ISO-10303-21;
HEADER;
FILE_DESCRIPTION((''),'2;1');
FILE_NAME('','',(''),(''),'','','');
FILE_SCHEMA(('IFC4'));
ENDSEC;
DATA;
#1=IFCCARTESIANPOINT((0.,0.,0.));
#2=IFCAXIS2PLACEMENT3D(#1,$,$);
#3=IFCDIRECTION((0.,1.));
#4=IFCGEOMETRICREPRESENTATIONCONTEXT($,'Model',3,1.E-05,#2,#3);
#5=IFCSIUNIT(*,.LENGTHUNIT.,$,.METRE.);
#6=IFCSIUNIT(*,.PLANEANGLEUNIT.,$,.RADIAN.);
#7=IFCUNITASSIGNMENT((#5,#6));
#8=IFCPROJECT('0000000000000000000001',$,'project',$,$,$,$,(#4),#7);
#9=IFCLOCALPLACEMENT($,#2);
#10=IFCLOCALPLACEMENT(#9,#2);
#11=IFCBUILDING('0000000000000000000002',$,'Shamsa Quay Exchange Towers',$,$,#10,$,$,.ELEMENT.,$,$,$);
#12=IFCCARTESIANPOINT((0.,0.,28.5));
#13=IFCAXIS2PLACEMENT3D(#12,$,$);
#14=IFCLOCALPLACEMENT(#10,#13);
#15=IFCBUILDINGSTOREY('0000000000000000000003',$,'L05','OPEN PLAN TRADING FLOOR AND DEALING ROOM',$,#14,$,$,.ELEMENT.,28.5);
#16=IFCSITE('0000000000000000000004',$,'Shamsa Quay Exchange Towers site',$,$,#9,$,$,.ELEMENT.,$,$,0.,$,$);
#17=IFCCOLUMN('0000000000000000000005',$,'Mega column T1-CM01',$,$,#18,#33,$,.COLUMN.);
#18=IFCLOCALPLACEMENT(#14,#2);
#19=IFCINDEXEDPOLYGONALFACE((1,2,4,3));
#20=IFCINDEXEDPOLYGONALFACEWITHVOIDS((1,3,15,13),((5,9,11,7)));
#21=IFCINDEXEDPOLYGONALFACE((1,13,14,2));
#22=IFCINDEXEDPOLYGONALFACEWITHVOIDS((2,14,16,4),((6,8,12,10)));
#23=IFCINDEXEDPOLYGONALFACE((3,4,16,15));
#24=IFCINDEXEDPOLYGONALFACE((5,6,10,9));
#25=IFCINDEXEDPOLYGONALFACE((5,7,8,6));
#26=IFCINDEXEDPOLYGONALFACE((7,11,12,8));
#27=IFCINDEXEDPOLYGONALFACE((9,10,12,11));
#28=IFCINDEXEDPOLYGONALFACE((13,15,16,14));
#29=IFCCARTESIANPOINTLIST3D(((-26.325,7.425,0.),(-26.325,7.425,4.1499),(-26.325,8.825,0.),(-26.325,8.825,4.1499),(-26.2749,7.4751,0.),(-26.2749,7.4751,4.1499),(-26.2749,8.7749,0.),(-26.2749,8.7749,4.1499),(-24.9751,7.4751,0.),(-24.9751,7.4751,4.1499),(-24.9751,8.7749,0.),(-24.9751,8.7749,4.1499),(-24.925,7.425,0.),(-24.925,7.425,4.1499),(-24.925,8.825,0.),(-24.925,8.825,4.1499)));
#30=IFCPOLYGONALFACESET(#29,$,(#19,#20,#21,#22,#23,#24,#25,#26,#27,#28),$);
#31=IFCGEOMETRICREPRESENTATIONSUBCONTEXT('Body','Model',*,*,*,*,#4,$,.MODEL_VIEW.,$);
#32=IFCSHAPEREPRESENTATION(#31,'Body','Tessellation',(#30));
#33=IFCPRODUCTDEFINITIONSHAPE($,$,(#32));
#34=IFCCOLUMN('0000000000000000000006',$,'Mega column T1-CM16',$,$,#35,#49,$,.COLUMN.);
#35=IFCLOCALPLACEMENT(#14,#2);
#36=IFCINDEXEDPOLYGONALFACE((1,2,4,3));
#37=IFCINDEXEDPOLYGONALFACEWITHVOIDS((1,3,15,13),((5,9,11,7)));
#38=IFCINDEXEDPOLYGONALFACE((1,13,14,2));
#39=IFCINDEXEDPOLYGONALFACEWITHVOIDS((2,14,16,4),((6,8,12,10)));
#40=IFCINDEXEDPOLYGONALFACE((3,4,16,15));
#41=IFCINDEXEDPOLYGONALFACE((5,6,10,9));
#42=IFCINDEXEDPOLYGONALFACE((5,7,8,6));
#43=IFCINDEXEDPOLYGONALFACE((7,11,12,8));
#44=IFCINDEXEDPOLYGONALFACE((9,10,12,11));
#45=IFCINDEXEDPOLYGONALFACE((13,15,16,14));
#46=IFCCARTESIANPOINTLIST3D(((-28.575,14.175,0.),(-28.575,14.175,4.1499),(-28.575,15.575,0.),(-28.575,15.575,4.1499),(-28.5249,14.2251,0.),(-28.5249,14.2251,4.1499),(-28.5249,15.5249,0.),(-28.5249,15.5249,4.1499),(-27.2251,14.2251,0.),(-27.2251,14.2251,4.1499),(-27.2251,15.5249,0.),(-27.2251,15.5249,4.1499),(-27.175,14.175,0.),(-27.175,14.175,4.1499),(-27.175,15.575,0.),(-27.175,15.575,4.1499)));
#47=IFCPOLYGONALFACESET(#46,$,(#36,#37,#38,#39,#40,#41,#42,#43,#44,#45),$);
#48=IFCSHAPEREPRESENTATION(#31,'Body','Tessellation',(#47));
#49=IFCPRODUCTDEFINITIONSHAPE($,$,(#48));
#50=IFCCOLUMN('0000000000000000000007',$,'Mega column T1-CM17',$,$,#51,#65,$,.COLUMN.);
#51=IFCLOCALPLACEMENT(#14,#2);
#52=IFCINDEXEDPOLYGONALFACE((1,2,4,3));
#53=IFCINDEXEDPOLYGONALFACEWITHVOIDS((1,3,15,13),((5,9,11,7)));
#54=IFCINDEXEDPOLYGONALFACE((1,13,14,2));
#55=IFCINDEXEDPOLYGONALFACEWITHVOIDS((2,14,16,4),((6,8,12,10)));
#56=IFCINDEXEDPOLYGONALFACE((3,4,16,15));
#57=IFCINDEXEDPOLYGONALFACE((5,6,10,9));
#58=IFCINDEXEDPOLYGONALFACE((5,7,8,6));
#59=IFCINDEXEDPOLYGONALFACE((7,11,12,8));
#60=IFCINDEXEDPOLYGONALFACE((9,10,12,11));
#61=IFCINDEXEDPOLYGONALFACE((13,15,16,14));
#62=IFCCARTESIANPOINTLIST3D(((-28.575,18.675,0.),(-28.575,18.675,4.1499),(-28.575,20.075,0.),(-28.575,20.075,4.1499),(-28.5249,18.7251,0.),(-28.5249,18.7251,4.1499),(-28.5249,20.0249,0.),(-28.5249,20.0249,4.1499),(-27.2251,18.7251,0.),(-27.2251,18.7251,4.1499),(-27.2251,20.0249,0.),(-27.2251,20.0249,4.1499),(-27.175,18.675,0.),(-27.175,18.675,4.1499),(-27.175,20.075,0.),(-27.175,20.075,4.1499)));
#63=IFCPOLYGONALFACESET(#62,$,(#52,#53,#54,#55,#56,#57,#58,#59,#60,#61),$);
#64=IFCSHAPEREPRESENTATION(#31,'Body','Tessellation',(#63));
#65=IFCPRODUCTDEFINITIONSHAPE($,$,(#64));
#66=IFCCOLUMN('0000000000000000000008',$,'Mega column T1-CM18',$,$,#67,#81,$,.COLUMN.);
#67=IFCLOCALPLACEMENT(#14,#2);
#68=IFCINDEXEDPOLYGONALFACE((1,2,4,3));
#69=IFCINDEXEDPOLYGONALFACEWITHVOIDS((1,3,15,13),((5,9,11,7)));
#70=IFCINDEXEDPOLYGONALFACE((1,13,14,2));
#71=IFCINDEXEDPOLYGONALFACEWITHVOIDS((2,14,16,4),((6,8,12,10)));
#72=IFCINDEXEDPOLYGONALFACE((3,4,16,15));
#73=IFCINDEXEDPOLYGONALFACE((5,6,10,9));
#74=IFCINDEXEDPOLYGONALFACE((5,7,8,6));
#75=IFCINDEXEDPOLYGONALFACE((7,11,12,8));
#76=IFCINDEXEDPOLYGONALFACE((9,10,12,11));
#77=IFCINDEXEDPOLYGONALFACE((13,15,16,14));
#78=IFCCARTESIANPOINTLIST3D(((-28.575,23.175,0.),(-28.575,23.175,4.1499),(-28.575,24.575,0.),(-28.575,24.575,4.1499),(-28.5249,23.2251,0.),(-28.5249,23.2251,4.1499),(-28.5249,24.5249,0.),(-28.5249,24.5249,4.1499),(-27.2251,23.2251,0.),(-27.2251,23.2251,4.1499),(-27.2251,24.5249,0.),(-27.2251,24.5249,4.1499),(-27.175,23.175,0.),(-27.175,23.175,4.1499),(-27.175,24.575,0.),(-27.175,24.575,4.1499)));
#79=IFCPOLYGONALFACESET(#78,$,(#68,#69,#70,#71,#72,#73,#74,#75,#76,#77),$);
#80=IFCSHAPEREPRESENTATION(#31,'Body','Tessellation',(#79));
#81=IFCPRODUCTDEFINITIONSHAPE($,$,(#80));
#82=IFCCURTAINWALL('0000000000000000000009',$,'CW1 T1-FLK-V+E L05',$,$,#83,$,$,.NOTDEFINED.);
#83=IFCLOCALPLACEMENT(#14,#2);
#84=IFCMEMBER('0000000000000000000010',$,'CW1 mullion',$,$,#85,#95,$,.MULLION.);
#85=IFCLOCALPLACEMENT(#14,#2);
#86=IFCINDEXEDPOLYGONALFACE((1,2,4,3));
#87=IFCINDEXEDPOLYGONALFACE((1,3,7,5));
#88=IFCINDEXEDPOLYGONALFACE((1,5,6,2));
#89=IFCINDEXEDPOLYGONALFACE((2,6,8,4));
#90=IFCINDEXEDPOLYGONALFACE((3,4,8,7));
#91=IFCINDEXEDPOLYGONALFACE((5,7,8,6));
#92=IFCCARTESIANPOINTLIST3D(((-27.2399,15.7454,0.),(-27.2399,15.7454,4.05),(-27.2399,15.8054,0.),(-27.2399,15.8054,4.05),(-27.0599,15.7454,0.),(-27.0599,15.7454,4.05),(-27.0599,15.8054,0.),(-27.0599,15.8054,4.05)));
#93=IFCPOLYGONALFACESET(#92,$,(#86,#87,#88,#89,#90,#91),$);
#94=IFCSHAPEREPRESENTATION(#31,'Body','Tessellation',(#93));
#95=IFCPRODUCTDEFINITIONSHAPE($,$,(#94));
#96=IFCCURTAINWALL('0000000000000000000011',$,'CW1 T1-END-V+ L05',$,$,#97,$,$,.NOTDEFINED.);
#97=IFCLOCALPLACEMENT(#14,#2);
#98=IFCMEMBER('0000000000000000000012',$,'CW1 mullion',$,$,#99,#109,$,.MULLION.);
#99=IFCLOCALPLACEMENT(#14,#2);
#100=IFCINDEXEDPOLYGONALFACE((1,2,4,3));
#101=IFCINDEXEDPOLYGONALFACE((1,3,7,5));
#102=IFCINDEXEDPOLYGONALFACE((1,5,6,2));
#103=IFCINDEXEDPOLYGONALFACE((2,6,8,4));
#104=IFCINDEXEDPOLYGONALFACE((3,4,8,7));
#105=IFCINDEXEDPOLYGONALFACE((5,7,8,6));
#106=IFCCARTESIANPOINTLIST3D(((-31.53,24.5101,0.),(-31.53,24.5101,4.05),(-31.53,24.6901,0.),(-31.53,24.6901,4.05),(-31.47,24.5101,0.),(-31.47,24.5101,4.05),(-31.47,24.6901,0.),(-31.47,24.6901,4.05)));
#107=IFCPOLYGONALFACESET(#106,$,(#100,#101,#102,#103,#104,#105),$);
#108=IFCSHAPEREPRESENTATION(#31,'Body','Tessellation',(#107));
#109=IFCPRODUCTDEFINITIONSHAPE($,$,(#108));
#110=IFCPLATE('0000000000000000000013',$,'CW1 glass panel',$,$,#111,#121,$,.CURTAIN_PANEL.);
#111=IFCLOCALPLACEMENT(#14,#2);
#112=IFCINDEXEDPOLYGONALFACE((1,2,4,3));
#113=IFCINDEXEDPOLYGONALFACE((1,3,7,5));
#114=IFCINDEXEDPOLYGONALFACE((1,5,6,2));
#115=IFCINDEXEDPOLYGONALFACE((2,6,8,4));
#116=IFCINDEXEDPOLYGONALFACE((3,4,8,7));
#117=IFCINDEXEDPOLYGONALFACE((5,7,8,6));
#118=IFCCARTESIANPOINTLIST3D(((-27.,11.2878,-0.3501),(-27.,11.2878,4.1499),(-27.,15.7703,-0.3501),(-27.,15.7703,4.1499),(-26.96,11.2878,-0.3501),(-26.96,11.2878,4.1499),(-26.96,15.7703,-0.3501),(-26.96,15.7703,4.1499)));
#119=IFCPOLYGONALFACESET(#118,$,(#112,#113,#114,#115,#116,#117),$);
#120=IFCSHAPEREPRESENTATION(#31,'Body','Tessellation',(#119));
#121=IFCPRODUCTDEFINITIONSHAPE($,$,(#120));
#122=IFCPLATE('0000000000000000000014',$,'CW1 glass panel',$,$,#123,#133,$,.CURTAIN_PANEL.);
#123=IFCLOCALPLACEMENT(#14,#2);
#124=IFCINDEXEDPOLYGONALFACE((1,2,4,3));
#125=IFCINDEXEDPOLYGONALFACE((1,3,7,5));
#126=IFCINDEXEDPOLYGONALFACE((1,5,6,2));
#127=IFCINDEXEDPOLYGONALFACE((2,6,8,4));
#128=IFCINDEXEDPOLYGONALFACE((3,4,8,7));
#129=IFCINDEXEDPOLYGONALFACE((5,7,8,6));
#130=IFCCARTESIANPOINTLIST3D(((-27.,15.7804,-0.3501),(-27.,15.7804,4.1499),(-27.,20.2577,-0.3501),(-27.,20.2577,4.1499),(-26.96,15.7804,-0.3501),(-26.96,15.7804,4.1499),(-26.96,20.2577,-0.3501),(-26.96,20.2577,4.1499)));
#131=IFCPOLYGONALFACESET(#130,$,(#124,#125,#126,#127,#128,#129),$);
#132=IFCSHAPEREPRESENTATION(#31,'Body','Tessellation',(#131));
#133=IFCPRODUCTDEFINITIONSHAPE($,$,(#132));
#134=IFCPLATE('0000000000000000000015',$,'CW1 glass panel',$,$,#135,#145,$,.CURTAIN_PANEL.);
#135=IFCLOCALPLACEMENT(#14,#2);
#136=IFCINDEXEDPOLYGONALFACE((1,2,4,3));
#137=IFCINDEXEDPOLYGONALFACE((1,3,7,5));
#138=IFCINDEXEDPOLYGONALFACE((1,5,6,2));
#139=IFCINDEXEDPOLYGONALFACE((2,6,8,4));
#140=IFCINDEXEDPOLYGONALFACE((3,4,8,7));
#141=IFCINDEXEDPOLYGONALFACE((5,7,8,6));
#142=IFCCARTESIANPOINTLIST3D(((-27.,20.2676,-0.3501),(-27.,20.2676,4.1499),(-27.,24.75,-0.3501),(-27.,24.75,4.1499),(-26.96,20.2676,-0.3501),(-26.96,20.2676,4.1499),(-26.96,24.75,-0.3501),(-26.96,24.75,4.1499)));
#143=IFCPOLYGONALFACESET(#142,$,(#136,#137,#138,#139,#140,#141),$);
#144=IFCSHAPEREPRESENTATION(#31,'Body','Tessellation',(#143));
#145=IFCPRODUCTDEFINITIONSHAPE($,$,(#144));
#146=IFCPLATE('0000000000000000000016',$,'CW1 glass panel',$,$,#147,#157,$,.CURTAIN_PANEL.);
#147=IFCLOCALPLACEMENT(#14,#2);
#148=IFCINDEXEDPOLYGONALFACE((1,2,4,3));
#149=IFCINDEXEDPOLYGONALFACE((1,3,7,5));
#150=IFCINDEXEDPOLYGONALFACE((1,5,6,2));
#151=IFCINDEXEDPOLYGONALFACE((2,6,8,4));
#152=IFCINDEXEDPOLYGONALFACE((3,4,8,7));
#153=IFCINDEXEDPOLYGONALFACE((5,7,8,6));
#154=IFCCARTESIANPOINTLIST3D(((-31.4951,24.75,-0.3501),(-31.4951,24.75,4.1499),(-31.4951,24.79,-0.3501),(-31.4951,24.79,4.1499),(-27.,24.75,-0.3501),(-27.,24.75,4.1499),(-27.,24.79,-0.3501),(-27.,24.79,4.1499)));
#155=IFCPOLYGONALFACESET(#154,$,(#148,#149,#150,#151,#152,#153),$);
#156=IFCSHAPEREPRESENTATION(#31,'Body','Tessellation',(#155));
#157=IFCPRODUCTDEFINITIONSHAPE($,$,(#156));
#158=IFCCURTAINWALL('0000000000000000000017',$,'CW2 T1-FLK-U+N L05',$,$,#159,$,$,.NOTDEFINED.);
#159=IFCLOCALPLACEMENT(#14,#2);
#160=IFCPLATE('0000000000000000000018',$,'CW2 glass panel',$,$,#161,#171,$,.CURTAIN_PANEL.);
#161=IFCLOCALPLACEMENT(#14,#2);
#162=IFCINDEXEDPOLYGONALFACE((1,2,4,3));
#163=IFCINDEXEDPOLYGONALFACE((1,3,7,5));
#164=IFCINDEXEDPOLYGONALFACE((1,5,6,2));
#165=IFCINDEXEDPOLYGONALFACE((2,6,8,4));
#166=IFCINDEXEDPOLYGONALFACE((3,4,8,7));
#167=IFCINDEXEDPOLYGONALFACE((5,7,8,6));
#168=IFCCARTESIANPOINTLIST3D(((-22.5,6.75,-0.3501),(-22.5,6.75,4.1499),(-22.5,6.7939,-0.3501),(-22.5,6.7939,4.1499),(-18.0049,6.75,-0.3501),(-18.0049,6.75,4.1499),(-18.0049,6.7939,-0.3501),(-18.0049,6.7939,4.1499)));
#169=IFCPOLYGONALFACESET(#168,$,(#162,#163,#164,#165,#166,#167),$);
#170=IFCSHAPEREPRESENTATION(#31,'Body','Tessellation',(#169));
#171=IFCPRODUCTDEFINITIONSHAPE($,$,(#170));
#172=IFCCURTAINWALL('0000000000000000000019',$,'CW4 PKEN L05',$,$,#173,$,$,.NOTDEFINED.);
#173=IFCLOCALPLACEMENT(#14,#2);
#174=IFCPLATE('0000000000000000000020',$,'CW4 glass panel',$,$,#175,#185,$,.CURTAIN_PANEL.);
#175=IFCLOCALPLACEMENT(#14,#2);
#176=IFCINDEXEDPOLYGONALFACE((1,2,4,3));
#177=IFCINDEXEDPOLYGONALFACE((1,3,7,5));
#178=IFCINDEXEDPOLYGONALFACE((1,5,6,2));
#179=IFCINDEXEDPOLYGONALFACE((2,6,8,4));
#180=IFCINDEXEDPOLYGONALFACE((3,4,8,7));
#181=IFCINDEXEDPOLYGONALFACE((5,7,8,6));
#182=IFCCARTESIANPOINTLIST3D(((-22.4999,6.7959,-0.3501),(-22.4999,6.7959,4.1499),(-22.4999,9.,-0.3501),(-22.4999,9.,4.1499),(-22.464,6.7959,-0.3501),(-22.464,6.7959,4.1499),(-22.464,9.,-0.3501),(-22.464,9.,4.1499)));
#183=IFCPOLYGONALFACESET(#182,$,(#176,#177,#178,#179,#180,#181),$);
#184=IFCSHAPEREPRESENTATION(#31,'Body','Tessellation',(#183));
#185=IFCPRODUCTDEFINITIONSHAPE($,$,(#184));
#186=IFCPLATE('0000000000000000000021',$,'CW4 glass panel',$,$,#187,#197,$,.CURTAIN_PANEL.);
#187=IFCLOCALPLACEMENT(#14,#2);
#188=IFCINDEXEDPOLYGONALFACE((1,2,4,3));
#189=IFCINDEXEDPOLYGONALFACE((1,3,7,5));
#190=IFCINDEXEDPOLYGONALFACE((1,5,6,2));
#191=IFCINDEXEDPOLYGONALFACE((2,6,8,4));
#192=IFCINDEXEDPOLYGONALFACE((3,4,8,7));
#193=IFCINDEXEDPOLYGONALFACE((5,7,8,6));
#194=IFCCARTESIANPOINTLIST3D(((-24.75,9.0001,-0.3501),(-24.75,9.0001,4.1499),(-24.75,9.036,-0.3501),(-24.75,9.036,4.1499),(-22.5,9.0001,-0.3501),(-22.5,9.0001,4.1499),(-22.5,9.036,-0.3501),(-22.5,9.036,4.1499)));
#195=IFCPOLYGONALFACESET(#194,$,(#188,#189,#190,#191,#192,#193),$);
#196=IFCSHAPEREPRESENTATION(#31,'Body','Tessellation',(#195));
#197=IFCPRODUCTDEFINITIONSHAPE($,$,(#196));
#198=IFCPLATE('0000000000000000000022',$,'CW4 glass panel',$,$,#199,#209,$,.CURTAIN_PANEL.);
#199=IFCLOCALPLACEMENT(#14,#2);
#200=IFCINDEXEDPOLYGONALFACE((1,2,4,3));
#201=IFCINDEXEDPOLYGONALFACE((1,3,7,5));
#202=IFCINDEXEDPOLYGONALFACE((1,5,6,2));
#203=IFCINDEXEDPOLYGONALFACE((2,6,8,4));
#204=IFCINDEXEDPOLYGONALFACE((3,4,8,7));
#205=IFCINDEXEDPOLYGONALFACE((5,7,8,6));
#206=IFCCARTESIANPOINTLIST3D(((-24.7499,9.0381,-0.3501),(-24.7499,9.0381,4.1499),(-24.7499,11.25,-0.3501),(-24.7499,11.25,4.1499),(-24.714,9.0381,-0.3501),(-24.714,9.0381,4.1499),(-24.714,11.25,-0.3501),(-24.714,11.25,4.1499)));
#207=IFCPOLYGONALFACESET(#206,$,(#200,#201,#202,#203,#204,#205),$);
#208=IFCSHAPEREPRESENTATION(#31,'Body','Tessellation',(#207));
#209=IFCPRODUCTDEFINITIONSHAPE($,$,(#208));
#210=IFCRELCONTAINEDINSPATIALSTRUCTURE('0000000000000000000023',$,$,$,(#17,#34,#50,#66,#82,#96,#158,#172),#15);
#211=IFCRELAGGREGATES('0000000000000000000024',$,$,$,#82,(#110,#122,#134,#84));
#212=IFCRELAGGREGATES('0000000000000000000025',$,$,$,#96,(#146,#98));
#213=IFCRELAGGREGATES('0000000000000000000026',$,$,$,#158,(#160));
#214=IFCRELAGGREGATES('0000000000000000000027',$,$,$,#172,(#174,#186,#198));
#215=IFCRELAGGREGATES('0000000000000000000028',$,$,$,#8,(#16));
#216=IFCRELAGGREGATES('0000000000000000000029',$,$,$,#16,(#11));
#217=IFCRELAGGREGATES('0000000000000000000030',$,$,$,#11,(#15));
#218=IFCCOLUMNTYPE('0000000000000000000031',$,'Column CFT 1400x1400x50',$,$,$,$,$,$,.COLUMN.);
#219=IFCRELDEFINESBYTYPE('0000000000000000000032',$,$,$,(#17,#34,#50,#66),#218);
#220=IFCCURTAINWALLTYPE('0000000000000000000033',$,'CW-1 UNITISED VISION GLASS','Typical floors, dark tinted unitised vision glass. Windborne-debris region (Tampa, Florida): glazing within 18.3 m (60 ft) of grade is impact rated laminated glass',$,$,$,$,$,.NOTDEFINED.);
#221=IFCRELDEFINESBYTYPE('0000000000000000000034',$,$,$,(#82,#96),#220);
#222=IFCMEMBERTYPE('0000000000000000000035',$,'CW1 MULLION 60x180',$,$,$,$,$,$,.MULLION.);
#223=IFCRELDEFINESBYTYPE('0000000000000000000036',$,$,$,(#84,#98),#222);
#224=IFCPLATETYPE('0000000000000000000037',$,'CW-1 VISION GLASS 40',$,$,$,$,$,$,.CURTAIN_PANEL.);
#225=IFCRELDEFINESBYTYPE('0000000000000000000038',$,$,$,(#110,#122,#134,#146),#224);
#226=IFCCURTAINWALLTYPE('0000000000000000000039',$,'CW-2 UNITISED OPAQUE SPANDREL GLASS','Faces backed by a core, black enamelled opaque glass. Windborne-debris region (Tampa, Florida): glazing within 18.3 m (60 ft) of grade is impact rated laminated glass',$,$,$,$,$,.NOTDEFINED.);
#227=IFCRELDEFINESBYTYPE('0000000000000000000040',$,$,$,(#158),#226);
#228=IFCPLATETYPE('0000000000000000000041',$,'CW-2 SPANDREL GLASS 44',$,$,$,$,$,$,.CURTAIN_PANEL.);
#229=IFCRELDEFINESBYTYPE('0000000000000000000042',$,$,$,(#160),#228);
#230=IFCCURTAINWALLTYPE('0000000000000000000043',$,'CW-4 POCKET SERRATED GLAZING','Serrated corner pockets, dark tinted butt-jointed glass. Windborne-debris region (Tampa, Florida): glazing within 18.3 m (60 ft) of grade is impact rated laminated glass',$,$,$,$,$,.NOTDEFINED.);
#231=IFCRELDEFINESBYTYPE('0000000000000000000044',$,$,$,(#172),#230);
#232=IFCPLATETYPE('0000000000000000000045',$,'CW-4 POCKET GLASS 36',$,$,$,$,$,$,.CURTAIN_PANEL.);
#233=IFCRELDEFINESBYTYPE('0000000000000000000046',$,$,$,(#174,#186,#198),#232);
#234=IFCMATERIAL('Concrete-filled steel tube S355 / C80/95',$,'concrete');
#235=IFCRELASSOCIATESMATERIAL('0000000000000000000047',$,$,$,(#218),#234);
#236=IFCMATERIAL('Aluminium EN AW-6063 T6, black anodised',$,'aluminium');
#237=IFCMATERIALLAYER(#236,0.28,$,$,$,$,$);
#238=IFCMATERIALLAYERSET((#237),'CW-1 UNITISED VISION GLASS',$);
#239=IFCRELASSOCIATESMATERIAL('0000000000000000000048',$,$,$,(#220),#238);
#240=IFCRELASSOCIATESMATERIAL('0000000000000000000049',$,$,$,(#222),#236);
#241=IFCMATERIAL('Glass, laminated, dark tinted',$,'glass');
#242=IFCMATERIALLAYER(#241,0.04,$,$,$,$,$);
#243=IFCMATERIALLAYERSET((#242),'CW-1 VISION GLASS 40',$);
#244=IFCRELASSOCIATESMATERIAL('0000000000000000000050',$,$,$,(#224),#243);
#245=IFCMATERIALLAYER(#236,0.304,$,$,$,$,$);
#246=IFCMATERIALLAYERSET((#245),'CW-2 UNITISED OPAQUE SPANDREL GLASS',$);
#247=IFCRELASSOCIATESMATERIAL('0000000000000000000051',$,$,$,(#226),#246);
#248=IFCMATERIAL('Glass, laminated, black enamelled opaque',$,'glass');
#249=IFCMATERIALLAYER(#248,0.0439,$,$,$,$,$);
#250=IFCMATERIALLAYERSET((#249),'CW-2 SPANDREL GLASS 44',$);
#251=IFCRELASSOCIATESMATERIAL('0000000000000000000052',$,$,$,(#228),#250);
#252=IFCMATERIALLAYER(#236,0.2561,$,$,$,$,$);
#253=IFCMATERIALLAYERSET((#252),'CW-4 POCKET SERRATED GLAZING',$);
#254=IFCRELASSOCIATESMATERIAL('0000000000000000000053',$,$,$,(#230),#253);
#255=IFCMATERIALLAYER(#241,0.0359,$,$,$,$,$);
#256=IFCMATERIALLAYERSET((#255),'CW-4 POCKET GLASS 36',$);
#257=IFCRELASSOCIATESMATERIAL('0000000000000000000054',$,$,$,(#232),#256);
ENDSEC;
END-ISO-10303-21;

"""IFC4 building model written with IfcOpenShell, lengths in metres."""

from ifc_helpers import new_model, si_unit, direction, frame, origin, origin_2d, place, context, subcontext, project, spatial, rectangle, hollow_rectangle, extrude, material, layer, layer_set, material_profile, profile_set, type_object, element, aggregate, save


model = new_model("IFC4")

# Units and contexts
model_context = context("Model", 3, precision=1e-05, world=origin(), true_north=direction((0.0, 1.0)))
body_context = subcontext(model_context, "Body", "Model", "MODEL_VIEW")
ifc_project = project(units=[si_unit("LENGTHUNIT", "METRE"), si_unit("PLANEANGLEUNIT", "RADIAN")], contexts=[model_context])

# Site, building, storey
site_placement = place(None, origin())
site = spatial("IfcSite", under=ifc_project, at=site_placement, Name="Shamsa Quay Exchange Towers site", CompositionType="ELEMENT", RefElevation=0.0)
building_placement = place(site_placement, origin())
building = spatial("IfcBuilding", under=site, at=building_placement, Name="Shamsa Quay Exchange Towers", CompositionType="ELEMENT")
storey_placement = place(building_placement, frame((0.0, 0.0, 28.5)))
storey = spatial("IfcBuildingStorey", under=building, at=storey_placement, Name="L05", Description="OPEN PLAN TRADING FLOOR AND DEALING ROOM", CompositionType="ELEMENT", Elevation=28.5)

# Columns
ifc_material_1 = material(Name="Concrete-filled steel tube S355 / C80/95", Category="concrete")
ifc_material_profile_1 = material_profile(ifc_material_1, hollow_rectangle(XDim=1.3999, YDim=1.3999, WallThickness=0.05, at=origin_2d()), Name="CFT 1400x1400x50")
ifc_profile_set_1 = profile_set([ifc_material_profile_1], Name="Concrete-filled steel tube S355 / C80/95")
column_type = type_object("IfcColumnType", Name="Column CFT 1400x1400x50", PredefinedType="COLUMN", material=ifc_profile_set_1)
for number, where, name in (
    (1, (-25.625, 8.125, 0.0), "Mega column T1-CM01"),
    (2, (-27.875, 14.875, 0.0), "Mega column T1-CM16"),
    (3, (-27.875, 19.375, 0.0), "Mega column T1-CM17"),
    (4, (-27.875, 23.875, 0.0), "Mega column T1-CM18"),
):
    element("IfcColumn", number, at=place(storey_placement, frame(where)), inside=storey, type_object=column_type, Name=name, PredefinedType="COLUMN", context=body_context, shape_type="SweptSolid", body=[
        extrude(hollow_rectangle(XDim=1.3999, YDim=1.3999, WallThickness=0.05, at=origin_2d()), origin(), (0.0, 0.0, 1.0), 4.1499),
    ])

# Curtain walls, members
ifc_material_2 = material(Name="Aluminium EN AW-6063 T6, black anodised", Category="aluminium")
ifc_layer_1 = layer(ifc_material_2, 0.28)
ifc_layer_set_1 = layer_set([ifc_layer_1], Name="CW-1 UNITISED VISION GLASS")
curtain_wall_type_1 = type_object("IfcCurtainWallType", Name="CW-1 UNITISED VISION GLASS", Description="Typical floors, dark tinted unitised vision glass. Windborne-debris region (Tampa, Florida): glazing within 18.3 m (60 ft) of grade is impact rated laminated glass", PredefinedType="NOTDEFINED", material=ifc_layer_set_1)
curtain_wall_1_placement = place(storey_placement, origin())
curtain_wall_1 = element("IfcCurtainWall", 5, at=curtain_wall_1_placement, inside=storey, type_object=curtain_wall_type_1, Name="CW1 T1-FLK-V+E L05", PredefinedType="NOTDEFINED")
ifc_material_profile_2 = material_profile(ifc_material_2, rectangle(XDim=0.1799, YDim=0.0601, at=origin_2d()), Name="MU60x180")
ifc_profile_set_2 = profile_set([ifc_material_profile_2], Name="Aluminium EN AW-6063 T6, black anodised")
member_type = type_object("IfcMemberType", Name="CW1 MULLION 60x180", PredefinedType="MULLION", material=ifc_profile_set_2)
member_1_placement = place(storey_placement, frame((-27.1499, 15.7754, 0.0), z_axis=(0.0, 0.0, 1.0), x_axis=(-1.0, 0.0, 0.0)))
member_1 = element("IfcMember", 6, at=member_1_placement, type_object=member_type, Name="CW1 mullion", PredefinedType="MULLION", context=body_context, shape_type="SweptSolid", body=[
    extrude(rectangle(XDim=0.1799, YDim=0.0601, at=origin_2d()), origin(), (0.0, 0.0, 1.0), 4.05),
])
curtain_wall_2_placement = place(storey_placement, origin())
curtain_wall_2 = element("IfcCurtainWall", 7, at=curtain_wall_2_placement, inside=storey, type_object=curtain_wall_type_1, Name="CW1 T1-END-V+ L05", PredefinedType="NOTDEFINED")
member_2_placement = place(storey_placement, frame((-31.5, 24.6001, 0.0), z_axis=(0.0, 0.0, 1.0), x_axis=(0.0, -1.0, 0.0)))
member_2 = element("IfcMember", 8, at=member_2_placement, type_object=member_type, Name="CW1 mullion", PredefinedType="MULLION", context=body_context, shape_type="SweptSolid", body=[
    extrude(rectangle(XDim=0.1799, YDim=0.0601, at=origin_2d()), origin(), (0.0, 0.0, 1.0), 4.05),
])

# Plates
ifc_material_3 = material(Name="Glass, laminated, dark tinted", Category="glass")
ifc_layer_2 = layer(ifc_material_3, 0.04)
ifc_layer_set_2 = layer_set([ifc_layer_2], Name="CW-1 VISION GLASS 40")
plate_type_1 = type_object("IfcPlateType", Name="CW-1 VISION GLASS 40", PredefinedType="CURTAIN_PANEL", material=ifc_layer_set_2)
plate_1_placement = place(storey_placement, frame((-26.98, 13.5291, -0.3501), z_axis=(0.0, 0.0, 1.0), x_axis=(0.0, 1.0, 0.0)))
plate_1 = element("IfcPlate", 9, at=plate_1_placement, type_object=plate_type_1, Name="CW1 glass panel", PredefinedType="CURTAIN_PANEL", context=body_context, shape_type="SweptSolid", body=[
    extrude(rectangle(XDim=4.4824, YDim=0.04, at=origin_2d()), origin(), (0.0, 0.0, 1.0), 4.5),
])
plate_2_placement = place(storey_placement, frame((-26.98, 18.019, -0.3501), z_axis=(0.0, 0.0, 1.0), x_axis=(0.0, 1.0, 0.0)))
plate_2 = element("IfcPlate", 10, at=plate_2_placement, type_object=plate_type_1, Name="CW1 glass panel", PredefinedType="CURTAIN_PANEL", context=body_context, shape_type="SweptSolid", body=[
    extrude(rectangle(XDim=4.4773, YDim=0.04, at=origin_2d()), origin(), (0.0, 0.0, 1.0), 4.5),
])
plate_3_placement = place(storey_placement, frame((-26.98, 22.5088, -0.3501), z_axis=(0.0, 0.0, 1.0), x_axis=(0.0, 1.0, 0.0)))
plate_3 = element("IfcPlate", 11, at=plate_3_placement, type_object=plate_type_1, Name="CW1 glass panel", PredefinedType="CURTAIN_PANEL", context=body_context, shape_type="SweptSolid", body=[
    extrude(rectangle(XDim=4.4824, YDim=0.04, at=origin_2d()), origin(), (0.0, 0.0, 1.0), 4.5),
])
aggregate(curtain_wall_1, [plate_1, plate_2, plate_3, member_1])
plate_4_placement = place(storey_placement, frame((-29.2476, 24.77, -0.3501), z_axis=(0.0, 0.0, 1.0), x_axis=(-1.0, 0.0, 0.0)))
plate_4 = element("IfcPlate", 12, at=plate_4_placement, type_object=plate_type_1, Name="CW1 glass panel", PredefinedType="CURTAIN_PANEL", context=body_context, shape_type="SweptSolid", body=[
    extrude(rectangle(XDim=4.4951, YDim=0.04, at=origin_2d()), origin(), (0.0, 0.0, 1.0), 4.5),
])
aggregate(curtain_wall_2, [plate_4, member_2])

# Curtain wall, plate
ifc_layer_3 = layer(ifc_material_2, 0.304)
ifc_layer_set_3 = layer_set([ifc_layer_3], Name="CW-2 UNITISED OPAQUE SPANDREL GLASS")
curtain_wall_type_2 = type_object("IfcCurtainWallType", Name="CW-2 UNITISED OPAQUE SPANDREL GLASS", Description="Faces backed by a core, black enamelled opaque glass. Windborne-debris region (Tampa, Florida): glazing within 18.3 m (60 ft) of grade is impact rated laminated glass", PredefinedType="NOTDEFINED", material=ifc_layer_set_3)
curtain_wall_3_placement = place(storey_placement, origin())
curtain_wall_3 = element("IfcCurtainWall", 13, at=curtain_wall_3_placement, inside=storey, type_object=curtain_wall_type_2, Name="CW2 T1-FLK-U+N L05", PredefinedType="NOTDEFINED")
ifc_material_4 = material(Name="Glass, laminated, black enamelled opaque", Category="glass")
ifc_layer_4 = layer(ifc_material_4, 0.0439)
ifc_layer_set_4 = layer_set([ifc_layer_4], Name="CW-2 SPANDREL GLASS 44")
plate_type_2 = type_object("IfcPlateType", Name="CW-2 SPANDREL GLASS 44", PredefinedType="CURTAIN_PANEL", material=ifc_layer_set_4)
plate_5_placement = place(storey_placement, frame((-20.2524, 6.772, -0.3501), z_axis=(0.0, 0.0, 1.0), x_axis=(-1.0, 0.0, 0.0)))
plate_5 = element("IfcPlate", 14, at=plate_5_placement, type_object=plate_type_2, Name="CW2 glass panel", PredefinedType="CURTAIN_PANEL", context=body_context, shape_type="SweptSolid", body=[
    extrude(rectangle(XDim=4.4951, YDim=0.0439, at=origin_2d()), origin(), (0.0, 0.0, 1.0), 4.5),
])
aggregate(curtain_wall_3, [plate_5])

# Curtain wall, plates
ifc_layer_5 = layer(ifc_material_2, 0.2561)
ifc_layer_set_5 = layer_set([ifc_layer_5], Name="CW-4 POCKET SERRATED GLAZING")
curtain_wall_type_3 = type_object("IfcCurtainWallType", Name="CW-4 POCKET SERRATED GLAZING", Description="Serrated corner pockets, dark tinted butt-jointed glass. Windborne-debris region (Tampa, Florida): glazing within 18.3 m (60 ft) of grade is impact rated laminated glass", PredefinedType="NOTDEFINED", material=ifc_layer_set_5)
curtain_wall_4_placement = place(storey_placement, origin())
curtain_wall_4 = element("IfcCurtainWall", 15, at=curtain_wall_4_placement, inside=storey, type_object=curtain_wall_type_3, Name="CW4 PKEN L05", PredefinedType="NOTDEFINED")
ifc_layer_6 = layer(ifc_material_3, 0.0359)
ifc_layer_set_6 = layer_set([ifc_layer_6], Name="CW-4 POCKET GLASS 36")
plate_type_3 = type_object("IfcPlateType", Name="CW-4 POCKET GLASS 36", PredefinedType="CURTAIN_PANEL", material=ifc_layer_set_6)
plate_6_placement = place(storey_placement, frame((-22.4819, 7.8979, -0.3501), z_axis=(0.0, 0.0, 1.0), x_axis=(0.0, 1.0, 0.0)))
plate_6 = element("IfcPlate", 16, at=plate_6_placement, type_object=plate_type_3, Name="CW4 glass panel", PredefinedType="CURTAIN_PANEL", context=body_context, shape_type="SweptSolid", body=[
    extrude(rectangle(XDim=2.2041, YDim=0.0359, at=origin_2d()), origin(), (0.0, 0.0, 1.0), 4.5),
])
plate_7_placement = place(storey_placement, frame((-23.625, 9.0181, -0.3501), z_axis=(0.0, 0.0, 1.0), x_axis=(-1.0, 0.0, 0.0)))
plate_7 = element("IfcPlate", 17, at=plate_7_placement, type_object=plate_type_3, Name="CW4 glass panel", PredefinedType="CURTAIN_PANEL", context=body_context, shape_type="SweptSolid", body=[
    extrude(rectangle(XDim=2.25, YDim=0.0359, at=origin_2d()), origin(), (0.0, 0.0, 1.0), 4.5),
])
plate_8_placement = place(storey_placement, frame((-24.7319, 10.144, -0.3501), z_axis=(0.0, 0.0, 1.0), x_axis=(0.0, 1.0, 0.0)))
plate_8 = element("IfcPlate", 18, at=plate_8_placement, type_object=plate_type_3, Name="CW4 glass panel", PredefinedType="CURTAIN_PANEL", context=body_context, shape_type="SweptSolid", body=[
    extrude(rectangle(XDim=2.2119, YDim=0.0359, at=origin_2d()), origin(), (0.0, 0.0, 1.0), 4.5),
])
aggregate(curtain_wall_4, [plate_6, plate_7, plate_8])

save(model, "model.ifc")
